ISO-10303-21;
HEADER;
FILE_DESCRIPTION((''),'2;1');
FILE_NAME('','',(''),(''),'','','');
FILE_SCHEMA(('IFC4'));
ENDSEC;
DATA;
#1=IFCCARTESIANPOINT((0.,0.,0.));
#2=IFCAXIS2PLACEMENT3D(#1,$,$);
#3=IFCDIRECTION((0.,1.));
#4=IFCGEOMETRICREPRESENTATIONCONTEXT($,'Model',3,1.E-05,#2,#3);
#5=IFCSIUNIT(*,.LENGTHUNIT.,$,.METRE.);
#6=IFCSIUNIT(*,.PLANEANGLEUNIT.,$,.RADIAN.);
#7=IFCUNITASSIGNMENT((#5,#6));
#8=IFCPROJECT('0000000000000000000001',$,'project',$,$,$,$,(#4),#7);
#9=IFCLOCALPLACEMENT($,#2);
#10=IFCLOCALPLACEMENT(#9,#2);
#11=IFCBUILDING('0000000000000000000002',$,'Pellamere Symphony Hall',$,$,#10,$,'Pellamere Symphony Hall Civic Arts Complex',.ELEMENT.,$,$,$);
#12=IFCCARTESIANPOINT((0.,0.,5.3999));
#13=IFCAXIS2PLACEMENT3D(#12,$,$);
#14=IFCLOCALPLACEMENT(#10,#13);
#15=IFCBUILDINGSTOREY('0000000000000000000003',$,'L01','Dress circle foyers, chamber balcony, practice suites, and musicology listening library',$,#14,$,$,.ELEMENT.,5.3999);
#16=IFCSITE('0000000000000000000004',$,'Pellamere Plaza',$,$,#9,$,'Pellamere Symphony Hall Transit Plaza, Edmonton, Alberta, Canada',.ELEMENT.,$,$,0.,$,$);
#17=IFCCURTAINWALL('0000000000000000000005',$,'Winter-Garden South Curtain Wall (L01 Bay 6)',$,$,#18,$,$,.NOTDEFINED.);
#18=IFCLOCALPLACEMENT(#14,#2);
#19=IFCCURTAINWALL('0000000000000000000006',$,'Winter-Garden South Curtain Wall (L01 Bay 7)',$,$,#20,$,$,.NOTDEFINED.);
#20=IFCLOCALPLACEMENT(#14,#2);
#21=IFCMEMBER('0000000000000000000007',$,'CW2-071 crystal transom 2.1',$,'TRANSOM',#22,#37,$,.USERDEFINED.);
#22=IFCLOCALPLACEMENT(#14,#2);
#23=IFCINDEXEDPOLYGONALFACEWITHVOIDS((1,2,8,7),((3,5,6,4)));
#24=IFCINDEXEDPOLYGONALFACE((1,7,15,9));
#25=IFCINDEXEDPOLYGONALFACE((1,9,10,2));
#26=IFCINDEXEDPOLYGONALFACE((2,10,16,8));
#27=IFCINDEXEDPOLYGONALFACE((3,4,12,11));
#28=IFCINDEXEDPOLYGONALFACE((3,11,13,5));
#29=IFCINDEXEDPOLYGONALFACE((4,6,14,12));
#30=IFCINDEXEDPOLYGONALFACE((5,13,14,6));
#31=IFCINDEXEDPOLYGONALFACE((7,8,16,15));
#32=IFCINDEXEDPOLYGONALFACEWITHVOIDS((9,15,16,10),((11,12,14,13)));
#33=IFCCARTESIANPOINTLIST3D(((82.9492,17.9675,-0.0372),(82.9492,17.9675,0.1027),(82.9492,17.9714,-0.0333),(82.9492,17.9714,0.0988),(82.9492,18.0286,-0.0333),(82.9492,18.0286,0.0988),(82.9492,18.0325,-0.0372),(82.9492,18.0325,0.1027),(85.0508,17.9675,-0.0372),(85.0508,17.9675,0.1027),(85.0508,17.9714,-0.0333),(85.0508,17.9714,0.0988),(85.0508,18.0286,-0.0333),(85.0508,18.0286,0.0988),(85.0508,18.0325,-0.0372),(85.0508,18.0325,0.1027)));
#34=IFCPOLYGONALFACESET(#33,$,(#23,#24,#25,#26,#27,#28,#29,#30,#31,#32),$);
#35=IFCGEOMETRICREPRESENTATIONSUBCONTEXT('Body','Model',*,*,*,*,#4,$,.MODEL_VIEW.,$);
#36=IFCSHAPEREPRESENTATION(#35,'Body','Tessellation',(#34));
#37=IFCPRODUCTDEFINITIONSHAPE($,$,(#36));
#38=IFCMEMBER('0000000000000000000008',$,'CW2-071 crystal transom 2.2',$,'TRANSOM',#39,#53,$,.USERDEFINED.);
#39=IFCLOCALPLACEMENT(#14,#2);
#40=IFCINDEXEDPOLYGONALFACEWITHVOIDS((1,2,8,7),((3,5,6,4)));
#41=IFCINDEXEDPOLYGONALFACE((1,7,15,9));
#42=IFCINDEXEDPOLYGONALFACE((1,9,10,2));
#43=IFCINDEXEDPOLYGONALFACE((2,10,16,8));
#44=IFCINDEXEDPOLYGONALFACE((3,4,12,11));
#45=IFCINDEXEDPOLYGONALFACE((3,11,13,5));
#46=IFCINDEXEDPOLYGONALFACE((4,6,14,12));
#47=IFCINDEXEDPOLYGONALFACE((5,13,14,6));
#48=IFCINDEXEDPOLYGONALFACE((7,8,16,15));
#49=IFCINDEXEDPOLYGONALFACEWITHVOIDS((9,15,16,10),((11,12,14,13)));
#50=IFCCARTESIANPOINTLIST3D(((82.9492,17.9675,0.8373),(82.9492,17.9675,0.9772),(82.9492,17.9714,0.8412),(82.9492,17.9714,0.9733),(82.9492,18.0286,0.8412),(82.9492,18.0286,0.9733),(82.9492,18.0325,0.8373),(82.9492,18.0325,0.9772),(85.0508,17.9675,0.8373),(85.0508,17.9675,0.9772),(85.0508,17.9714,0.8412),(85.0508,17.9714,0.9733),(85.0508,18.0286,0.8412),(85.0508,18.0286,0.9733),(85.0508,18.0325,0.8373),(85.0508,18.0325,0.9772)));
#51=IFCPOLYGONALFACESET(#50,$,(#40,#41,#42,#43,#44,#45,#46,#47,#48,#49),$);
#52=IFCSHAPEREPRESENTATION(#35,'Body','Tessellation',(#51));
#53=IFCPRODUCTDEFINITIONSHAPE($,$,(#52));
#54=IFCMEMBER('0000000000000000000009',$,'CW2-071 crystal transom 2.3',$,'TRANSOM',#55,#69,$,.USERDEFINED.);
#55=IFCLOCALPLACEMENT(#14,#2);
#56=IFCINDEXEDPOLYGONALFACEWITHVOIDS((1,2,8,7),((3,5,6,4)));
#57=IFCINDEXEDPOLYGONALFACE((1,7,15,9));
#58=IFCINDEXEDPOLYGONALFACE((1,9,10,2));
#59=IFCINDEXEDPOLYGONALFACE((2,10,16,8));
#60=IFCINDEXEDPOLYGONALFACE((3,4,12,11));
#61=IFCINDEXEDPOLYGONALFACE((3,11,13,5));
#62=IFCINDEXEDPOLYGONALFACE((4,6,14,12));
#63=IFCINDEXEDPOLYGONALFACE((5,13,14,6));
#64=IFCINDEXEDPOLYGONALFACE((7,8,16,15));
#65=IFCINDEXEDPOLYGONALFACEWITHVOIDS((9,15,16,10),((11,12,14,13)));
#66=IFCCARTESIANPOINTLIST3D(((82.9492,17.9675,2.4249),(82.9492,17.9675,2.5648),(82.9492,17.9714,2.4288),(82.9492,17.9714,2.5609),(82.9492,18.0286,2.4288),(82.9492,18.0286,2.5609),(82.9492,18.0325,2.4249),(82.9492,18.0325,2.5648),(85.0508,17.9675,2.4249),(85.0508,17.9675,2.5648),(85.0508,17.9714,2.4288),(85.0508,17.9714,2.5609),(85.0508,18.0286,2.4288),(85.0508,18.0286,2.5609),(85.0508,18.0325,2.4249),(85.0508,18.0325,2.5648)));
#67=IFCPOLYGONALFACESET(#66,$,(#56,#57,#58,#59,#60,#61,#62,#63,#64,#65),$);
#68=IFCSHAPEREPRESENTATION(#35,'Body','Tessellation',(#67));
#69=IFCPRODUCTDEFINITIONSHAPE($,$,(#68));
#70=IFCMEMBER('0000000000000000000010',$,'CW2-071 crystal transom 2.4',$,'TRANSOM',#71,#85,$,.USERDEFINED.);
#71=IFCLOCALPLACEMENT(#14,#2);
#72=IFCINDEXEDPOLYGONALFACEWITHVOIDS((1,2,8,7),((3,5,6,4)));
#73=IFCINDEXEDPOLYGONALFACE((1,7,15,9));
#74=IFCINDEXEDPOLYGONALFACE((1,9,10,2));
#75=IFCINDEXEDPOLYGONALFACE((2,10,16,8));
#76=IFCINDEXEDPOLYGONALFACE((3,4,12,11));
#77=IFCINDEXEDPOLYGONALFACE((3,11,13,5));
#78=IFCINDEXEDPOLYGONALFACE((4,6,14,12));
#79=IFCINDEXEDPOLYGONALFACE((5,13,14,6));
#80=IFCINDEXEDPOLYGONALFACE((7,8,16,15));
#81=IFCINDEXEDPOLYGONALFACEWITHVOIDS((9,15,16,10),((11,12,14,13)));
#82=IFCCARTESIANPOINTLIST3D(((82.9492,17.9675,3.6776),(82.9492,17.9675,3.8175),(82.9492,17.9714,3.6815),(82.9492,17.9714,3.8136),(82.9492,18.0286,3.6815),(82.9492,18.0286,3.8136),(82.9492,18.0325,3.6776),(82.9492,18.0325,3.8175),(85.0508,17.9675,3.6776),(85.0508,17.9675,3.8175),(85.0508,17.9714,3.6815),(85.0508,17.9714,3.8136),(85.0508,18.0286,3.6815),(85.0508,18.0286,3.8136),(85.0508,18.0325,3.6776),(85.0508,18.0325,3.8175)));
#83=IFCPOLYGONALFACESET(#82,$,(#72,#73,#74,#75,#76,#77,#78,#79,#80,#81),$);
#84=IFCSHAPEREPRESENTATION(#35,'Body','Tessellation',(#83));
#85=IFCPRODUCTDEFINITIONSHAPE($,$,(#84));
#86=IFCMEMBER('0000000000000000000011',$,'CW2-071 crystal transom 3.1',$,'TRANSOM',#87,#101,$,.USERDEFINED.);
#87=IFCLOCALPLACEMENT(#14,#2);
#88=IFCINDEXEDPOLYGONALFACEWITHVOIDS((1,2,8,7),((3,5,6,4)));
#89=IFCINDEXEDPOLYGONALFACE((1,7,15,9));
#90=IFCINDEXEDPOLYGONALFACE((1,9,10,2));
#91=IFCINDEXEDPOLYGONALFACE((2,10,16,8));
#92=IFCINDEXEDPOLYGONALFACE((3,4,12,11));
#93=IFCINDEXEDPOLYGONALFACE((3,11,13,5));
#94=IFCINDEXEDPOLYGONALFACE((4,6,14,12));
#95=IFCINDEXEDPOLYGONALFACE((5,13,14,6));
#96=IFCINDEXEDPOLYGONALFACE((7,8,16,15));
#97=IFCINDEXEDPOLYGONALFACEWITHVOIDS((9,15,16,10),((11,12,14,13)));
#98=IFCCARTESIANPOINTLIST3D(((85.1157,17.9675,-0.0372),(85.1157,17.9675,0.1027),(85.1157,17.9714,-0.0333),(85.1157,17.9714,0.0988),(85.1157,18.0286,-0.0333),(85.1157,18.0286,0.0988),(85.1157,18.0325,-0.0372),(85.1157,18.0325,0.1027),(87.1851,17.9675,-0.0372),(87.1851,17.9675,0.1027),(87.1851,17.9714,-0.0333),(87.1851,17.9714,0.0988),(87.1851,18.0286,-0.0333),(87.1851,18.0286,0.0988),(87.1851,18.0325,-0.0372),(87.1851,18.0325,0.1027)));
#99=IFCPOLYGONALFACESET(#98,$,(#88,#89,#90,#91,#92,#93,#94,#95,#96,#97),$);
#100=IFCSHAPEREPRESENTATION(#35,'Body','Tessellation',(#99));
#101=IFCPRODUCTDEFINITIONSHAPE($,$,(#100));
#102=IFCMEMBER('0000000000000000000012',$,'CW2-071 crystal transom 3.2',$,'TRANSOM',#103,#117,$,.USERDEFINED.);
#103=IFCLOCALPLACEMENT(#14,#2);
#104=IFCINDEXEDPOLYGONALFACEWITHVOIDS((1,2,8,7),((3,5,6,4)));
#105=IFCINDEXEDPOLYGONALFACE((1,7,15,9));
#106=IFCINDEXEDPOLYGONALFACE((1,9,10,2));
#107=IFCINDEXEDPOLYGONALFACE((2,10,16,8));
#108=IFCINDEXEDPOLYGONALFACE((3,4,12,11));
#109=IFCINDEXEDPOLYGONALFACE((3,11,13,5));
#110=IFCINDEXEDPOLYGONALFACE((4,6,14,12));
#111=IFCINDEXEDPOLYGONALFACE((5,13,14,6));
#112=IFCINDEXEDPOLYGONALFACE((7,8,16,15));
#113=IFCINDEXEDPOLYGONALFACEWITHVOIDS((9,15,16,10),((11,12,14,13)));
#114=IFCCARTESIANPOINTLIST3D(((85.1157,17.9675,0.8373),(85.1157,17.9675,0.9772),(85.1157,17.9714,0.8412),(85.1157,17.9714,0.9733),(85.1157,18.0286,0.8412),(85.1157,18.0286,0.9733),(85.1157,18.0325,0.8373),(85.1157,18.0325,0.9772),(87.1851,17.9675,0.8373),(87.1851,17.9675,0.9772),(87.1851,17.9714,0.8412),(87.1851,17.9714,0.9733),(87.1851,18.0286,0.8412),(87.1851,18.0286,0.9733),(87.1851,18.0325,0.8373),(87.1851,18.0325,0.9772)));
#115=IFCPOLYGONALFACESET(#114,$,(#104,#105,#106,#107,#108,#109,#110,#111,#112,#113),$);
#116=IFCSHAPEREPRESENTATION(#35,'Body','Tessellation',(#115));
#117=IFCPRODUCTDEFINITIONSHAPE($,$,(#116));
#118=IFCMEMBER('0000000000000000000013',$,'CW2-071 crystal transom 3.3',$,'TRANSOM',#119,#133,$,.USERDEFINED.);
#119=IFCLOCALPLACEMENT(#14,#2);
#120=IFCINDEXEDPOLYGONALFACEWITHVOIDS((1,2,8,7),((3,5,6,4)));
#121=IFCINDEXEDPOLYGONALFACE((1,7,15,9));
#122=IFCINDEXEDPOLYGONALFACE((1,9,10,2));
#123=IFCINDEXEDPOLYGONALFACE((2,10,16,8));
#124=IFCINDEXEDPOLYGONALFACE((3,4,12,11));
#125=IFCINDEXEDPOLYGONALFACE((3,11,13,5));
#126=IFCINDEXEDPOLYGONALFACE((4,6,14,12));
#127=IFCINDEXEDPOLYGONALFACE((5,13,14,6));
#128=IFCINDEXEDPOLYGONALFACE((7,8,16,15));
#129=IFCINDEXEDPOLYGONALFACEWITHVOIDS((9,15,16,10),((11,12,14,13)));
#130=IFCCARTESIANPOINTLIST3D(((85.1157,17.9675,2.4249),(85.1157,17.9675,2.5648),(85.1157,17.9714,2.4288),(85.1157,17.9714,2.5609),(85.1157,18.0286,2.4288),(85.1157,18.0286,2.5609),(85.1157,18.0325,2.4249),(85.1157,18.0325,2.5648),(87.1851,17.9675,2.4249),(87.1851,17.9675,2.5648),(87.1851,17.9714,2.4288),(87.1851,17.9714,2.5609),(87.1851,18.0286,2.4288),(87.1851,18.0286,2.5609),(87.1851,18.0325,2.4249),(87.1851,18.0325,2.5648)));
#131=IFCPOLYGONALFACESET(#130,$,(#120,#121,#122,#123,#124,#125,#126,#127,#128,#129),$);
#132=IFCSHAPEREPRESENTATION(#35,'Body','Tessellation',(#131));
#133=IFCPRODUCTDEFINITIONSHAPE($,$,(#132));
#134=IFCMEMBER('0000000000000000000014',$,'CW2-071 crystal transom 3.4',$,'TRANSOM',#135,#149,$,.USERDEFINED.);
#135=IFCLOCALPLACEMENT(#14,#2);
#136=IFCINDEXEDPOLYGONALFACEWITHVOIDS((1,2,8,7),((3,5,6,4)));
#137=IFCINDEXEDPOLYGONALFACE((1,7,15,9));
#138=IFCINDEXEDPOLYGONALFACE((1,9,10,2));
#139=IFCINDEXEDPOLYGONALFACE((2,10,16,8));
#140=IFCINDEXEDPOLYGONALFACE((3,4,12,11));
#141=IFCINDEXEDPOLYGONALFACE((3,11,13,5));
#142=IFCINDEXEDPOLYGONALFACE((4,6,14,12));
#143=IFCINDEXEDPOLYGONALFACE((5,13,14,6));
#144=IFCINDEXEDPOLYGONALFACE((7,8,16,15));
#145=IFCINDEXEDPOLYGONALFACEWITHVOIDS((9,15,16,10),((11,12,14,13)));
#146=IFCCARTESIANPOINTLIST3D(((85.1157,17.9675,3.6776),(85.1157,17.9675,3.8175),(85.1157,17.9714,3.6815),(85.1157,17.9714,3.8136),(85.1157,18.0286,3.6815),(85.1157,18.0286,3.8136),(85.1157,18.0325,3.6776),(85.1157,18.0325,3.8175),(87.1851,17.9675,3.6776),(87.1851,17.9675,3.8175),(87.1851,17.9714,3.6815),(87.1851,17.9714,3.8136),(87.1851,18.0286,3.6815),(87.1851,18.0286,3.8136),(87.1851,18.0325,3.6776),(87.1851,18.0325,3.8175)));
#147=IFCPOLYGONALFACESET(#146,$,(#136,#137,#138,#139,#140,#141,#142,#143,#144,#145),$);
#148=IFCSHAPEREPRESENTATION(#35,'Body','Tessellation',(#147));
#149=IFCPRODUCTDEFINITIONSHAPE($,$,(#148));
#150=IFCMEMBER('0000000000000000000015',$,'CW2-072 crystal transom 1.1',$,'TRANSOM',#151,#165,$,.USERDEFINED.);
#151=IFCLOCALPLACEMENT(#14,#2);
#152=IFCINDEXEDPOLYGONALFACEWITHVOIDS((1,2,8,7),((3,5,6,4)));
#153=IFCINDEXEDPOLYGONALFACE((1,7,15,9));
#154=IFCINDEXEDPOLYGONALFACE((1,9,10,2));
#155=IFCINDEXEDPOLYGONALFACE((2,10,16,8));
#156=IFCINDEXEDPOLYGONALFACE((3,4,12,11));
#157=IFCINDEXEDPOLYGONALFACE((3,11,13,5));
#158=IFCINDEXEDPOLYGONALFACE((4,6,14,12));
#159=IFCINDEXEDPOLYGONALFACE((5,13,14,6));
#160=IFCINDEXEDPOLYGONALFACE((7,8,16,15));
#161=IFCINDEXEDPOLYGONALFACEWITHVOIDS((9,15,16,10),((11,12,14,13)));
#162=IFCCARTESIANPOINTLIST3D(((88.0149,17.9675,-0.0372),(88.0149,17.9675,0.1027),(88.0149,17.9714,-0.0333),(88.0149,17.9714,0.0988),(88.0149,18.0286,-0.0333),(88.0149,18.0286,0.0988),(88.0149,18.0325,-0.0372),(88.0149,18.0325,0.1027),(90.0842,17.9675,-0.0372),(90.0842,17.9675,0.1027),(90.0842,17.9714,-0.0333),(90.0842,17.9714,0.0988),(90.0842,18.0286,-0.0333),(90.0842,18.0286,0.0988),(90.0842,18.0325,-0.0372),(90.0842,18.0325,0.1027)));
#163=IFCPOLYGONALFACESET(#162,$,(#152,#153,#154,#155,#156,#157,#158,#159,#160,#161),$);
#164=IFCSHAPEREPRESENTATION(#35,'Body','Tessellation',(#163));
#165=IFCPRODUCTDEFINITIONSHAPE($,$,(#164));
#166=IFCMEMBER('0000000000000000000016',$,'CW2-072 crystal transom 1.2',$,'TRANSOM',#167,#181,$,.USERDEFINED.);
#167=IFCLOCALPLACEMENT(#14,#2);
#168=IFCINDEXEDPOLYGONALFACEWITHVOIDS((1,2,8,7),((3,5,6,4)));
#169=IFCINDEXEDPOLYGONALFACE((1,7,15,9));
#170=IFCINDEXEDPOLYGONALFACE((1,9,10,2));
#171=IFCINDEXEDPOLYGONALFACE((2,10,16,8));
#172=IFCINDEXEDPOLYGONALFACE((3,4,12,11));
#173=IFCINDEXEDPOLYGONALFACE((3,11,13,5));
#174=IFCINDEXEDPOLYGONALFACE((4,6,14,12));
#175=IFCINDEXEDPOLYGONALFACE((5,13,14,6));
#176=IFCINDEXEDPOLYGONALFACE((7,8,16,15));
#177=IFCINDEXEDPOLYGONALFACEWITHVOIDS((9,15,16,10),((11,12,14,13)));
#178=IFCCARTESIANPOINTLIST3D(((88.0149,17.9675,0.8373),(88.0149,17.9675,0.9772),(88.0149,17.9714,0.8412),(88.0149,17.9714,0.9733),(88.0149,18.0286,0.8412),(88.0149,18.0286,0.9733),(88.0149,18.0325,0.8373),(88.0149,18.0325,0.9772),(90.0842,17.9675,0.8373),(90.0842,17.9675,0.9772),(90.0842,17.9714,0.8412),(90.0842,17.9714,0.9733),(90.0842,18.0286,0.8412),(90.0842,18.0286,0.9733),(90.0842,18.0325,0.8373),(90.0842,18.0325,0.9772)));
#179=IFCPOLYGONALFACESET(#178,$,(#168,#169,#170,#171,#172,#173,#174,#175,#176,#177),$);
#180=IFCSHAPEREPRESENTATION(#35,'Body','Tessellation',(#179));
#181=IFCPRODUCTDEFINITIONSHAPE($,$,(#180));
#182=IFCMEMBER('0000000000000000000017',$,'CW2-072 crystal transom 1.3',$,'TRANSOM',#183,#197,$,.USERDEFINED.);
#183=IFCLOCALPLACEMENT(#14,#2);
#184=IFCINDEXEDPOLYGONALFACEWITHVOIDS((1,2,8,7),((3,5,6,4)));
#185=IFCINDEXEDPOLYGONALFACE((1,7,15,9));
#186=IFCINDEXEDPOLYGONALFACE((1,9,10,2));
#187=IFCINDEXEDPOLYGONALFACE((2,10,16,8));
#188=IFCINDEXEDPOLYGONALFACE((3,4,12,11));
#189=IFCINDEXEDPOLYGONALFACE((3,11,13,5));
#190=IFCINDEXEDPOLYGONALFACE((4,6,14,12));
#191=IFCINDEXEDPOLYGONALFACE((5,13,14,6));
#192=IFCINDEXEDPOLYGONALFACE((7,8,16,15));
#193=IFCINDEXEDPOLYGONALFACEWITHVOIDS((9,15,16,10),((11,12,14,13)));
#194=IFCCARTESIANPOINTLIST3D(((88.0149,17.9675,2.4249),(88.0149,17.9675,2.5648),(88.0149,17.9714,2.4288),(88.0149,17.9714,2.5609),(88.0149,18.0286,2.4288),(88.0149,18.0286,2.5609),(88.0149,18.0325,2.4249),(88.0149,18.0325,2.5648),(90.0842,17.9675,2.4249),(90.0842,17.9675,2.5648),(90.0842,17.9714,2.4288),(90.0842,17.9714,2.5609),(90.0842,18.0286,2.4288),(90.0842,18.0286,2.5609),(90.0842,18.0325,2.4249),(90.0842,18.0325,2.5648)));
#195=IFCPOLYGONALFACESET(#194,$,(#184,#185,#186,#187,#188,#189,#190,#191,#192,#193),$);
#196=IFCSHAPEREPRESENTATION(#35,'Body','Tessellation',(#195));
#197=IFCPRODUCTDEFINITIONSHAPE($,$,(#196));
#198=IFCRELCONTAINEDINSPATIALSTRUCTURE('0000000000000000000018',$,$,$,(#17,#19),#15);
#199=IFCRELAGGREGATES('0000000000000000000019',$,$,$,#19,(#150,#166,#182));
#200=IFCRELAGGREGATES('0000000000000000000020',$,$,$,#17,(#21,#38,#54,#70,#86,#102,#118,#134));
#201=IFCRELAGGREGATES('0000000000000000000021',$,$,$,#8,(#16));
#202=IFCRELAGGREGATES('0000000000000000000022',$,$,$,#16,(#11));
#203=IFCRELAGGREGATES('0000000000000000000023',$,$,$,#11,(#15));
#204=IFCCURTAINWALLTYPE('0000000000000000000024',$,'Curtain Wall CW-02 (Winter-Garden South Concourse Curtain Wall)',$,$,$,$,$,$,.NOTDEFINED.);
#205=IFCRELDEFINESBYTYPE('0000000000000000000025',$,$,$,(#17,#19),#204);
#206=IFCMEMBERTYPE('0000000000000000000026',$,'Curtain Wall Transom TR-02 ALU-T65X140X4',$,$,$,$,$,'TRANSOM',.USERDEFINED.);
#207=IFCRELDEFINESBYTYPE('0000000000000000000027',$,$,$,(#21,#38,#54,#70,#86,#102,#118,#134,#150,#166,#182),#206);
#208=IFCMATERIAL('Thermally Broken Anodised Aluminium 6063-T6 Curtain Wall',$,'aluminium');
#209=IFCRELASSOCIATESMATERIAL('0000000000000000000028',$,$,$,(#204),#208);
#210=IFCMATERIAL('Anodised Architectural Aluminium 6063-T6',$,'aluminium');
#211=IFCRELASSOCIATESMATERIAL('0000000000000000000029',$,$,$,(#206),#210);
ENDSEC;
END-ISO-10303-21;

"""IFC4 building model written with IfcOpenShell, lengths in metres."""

from ifc_helpers import new_model, si_unit, direction, frame, origin, origin_2d, place, context, subcontext, project, spatial, hollow_rectangle, extrude, material, material_profile, profile_set, type_object, element, aggregate, save


model = new_model("IFC4")

# Units and contexts
model_context = context("Model", 3, precision=1e-05, world=origin(), true_north=direction((0.0, 1.0)))
body_context = subcontext(model_context, "Body", "Model", "MODEL_VIEW")
ifc_project = project(units=[si_unit("LENGTHUNIT", "METRE"), si_unit("PLANEANGLEUNIT", "RADIAN")], contexts=[model_context])

# Site, building, storey
site_placement = place(None, origin())
site = spatial("IfcSite", under=ifc_project, at=site_placement, Name="Pellamere Plaza", LongName="Pellamere Symphony Hall Transit Plaza, Edmonton, Alberta, Canada", CompositionType="ELEMENT", RefElevation=0.0)
building_placement = place(site_placement, origin())
building = spatial("IfcBuilding", under=site, at=building_placement, Name="Pellamere Symphony Hall", LongName="Pellamere Symphony Hall Civic Arts Complex", CompositionType="ELEMENT")
storey_placement = place(building_placement, frame((0.0, 0.0, 5.3999)))
storey = spatial("IfcBuildingStorey", under=building, at=storey_placement, Name="L01", Description="Dress circle foyers, chamber balcony, practice suites, and musicology listening library", CompositionType="ELEMENT", Elevation=5.3999)

# Curtain walls
ifc_material_1 = material(Name="Thermally Broken Anodised Aluminium 6063-T6 Curtain Wall", Category="aluminium")
curtain_wall_type = type_object("IfcCurtainWallType", Name="Curtain Wall CW-02 (Winter-Garden South Concourse Curtain Wall)", PredefinedType="NOTDEFINED", material=ifc_material_1)
curtain_wall_1_placement = place(storey_placement, origin())
curtain_wall_1 = element("IfcCurtainWall", 1, at=curtain_wall_1_placement, inside=storey, type_object=curtain_wall_type, Name="Winter-Garden South Curtain Wall (L01 Bay 6)", PredefinedType="NOTDEFINED")
ifc_material_2 = material(Name="Anodised Architectural Aluminium 6063-T6", Category="aluminium")
curtain_wall_2_placement = place(storey_placement, origin())
curtain_wall_2 = element("IfcCurtainWall", 2, at=curtain_wall_2_placement, inside=storey, type_object=curtain_wall_type, Name="Winter-Garden South Curtain Wall (L01 Bay 7)", PredefinedType="NOTDEFINED")

# Members
ifc_material_profile_1 = material_profile(ifc_material_2, hollow_rectangle(XDim=0.0649, YDim=0.1399, WallThickness=0.0039, at=origin_2d()), Name="ALU-T65X140X4")
ifc_profile_set_1 = profile_set([ifc_material_profile_1], Name="Anodised Architectural Aluminium 6063-T6")
member_type_1 = type_object("IfcMemberType", Name="Curtain Wall Transom TR-02 ALU-T65X140X4", ElementType="TRANSOM", PredefinedType="USERDEFINED", material=ifc_profile_set_1)
member_1_placement = place(storey_placement, frame((82.9492, 18.0, 0.0327), z_axis=(1.0, 0.0, 0.0), x_axis=(0.0, 1.0, 0.0)))
member_1 = element("IfcMember", 3, at=member_1_placement, type_object=member_type_1, Name="CW2-071 crystal transom 2.1", ObjectType="TRANSOM", PredefinedType="USERDEFINED", context=body_context, shape_type="SweptSolid", body=[
    extrude(hollow_rectangle(XDim=0.0649, YDim=0.1399, WallThickness=0.0039, at=origin_2d()), origin(), (0.0, 0.0, 1.0), 2.1016),
])
member_2_placement = place(storey_placement, frame((82.9492, 18.0, 0.9072), z_axis=(1.0, 0.0, 0.0), x_axis=(0.0, 1.0, 0.0)))
member_2 = element("IfcMember", 4, at=member_2_placement, type_object=member_type_1, Name="CW2-071 crystal transom 2.2", ObjectType="TRANSOM", PredefinedType="USERDEFINED", context=body_context, shape_type="SweptSolid", body=[
    extrude(hollow_rectangle(XDim=0.0649, YDim=0.1399, WallThickness=0.0039, at=origin_2d()), origin(), (0.0, 0.0, 1.0), 2.1016),
])
member_3_placement = place(storey_placement, frame((82.9492, 18.0, 2.4949), z_axis=(1.0, 0.0, 0.0), x_axis=(0.0, 1.0, 0.0)))
member_3 = element("IfcMember", 5, at=member_3_placement, type_object=member_type_1, Name="CW2-071 crystal transom 2.3", ObjectType="TRANSOM", PredefinedType="USERDEFINED", context=body_context, shape_type="SweptSolid", body=[
    extrude(hollow_rectangle(XDim=0.0649, YDim=0.1399, WallThickness=0.0039, at=origin_2d()), origin(), (0.0, 0.0, 1.0), 2.1016),
])
member_4_placement = place(storey_placement, frame((82.9492, 18.0, 3.7476), z_axis=(1.0, 0.0, 0.0), x_axis=(0.0, 1.0, 0.0)))
member_4 = element("IfcMember", 6, at=member_4_placement, type_object=member_type_1, Name="CW2-071 crystal transom 2.4", ObjectType="TRANSOM", PredefinedType="USERDEFINED", context=body_context, shape_type="SweptSolid", body=[
    extrude(hollow_rectangle(XDim=0.0649, YDim=0.1399, WallThickness=0.0039, at=origin_2d()), origin(), (0.0, 0.0, 1.0), 2.1016),
])
member_5_placement = place(storey_placement, frame((85.1157, 18.0, 0.0327), z_axis=(1.0, 0.0, 0.0), x_axis=(0.0, 1.0, 0.0)))
member_5 = element("IfcMember", 7, at=member_5_placement, type_object=member_type_1, Name="CW2-071 crystal transom 3.1", ObjectType="TRANSOM", PredefinedType="USERDEFINED", context=body_context, shape_type="SweptSolid", body=[
    extrude(hollow_rectangle(XDim=0.0649, YDim=0.1399, WallThickness=0.0039, at=origin_2d()), origin(), (0.0, 0.0, 1.0), 2.0693),
])
member_6_placement = place(storey_placement, frame((85.1157, 18.0, 0.9072), z_axis=(1.0, 0.0, 0.0), x_axis=(0.0, 1.0, 0.0)))
member_6 = element("IfcMember", 8, at=member_6_placement, type_object=member_type_1, Name="CW2-071 crystal transom 3.2", ObjectType="TRANSOM", PredefinedType="USERDEFINED", context=body_context, shape_type="SweptSolid", body=[
    extrude(hollow_rectangle(XDim=0.0649, YDim=0.1399, WallThickness=0.0039, at=origin_2d()), origin(), (0.0, 0.0, 1.0), 2.0693),
])
member_7_placement = place(storey_placement, frame((85.1157, 18.0, 2.4949), z_axis=(1.0, 0.0, 0.0), x_axis=(0.0, 1.0, 0.0)))
member_7 = element("IfcMember", 9, at=member_7_placement, type_object=member_type_1, Name="CW2-071 crystal transom 3.3", ObjectType="TRANSOM", PredefinedType="USERDEFINED", context=body_context, shape_type="SweptSolid", body=[
    extrude(hollow_rectangle(XDim=0.0649, YDim=0.1399, WallThickness=0.0039, at=origin_2d()), origin(), (0.0, 0.0, 1.0), 2.0693),
])
member_8_placement = place(storey_placement, frame((85.1157, 18.0, 3.7476), z_axis=(1.0, 0.0, 0.0), x_axis=(0.0, 1.0, 0.0)))
member_8 = element("IfcMember", 10, at=member_8_placement, type_object=member_type_1, Name="CW2-071 crystal transom 3.4", ObjectType="TRANSOM", PredefinedType="USERDEFINED", context=body_context, shape_type="SweptSolid", body=[
    extrude(hollow_rectangle(XDim=0.0649, YDim=0.1399, WallThickness=0.0039, at=origin_2d()), origin(), (0.0, 0.0, 1.0), 2.0693),
])
member_9_placement = place(storey_placement, frame((88.0149, 18.0, 0.0327), z_axis=(1.0, 0.0, 0.0), x_axis=(0.0, 1.0, 0.0)))
member_9 = element("IfcMember", 11, at=member_9_placement, type_object=member_type_1, Name="CW2-072 crystal transom 1.1", ObjectType="TRANSOM", PredefinedType="USERDEFINED", context=body_context, shape_type="SweptSolid", body=[
    extrude(hollow_rectangle(XDim=0.0649, YDim=0.1399, WallThickness=0.0039, at=origin_2d()), origin(), (0.0, 0.0, 1.0), 2.0693),
])
member_10_placement = place(storey_placement, frame((88.0149, 18.0, 0.9072), z_axis=(1.0, 0.0, 0.0), x_axis=(0.0, 1.0, 0.0)))
member_10 = element("IfcMember", 12, at=member_10_placement, type_object=member_type_1, Name="CW2-072 crystal transom 1.2", ObjectType="TRANSOM", PredefinedType="USERDEFINED", context=body_context, shape_type="SweptSolid", body=[
    extrude(hollow_rectangle(XDim=0.0649, YDim=0.1399, WallThickness=0.0039, at=origin_2d()), origin(), (0.0, 0.0, 1.0), 2.0693),
])
member_11_placement = place(storey_placement, frame((88.0149, 18.0, 2.4949), z_axis=(1.0, 0.0, 0.0), x_axis=(0.0, 1.0, 0.0)))
member_11 = element("IfcMember", 13, at=member_11_placement, type_object=member_type_1, Name="CW2-072 crystal transom 1.3", ObjectType="TRANSOM", PredefinedType="USERDEFINED", context=body_context, shape_type="SweptSolid", body=[
    extrude(hollow_rectangle(XDim=0.0649, YDim=0.1399, WallThickness=0.0039, at=origin_2d()), origin(), (0.0, 0.0, 1.0), 2.0693),
])

aggregate(curtain_wall_2, [member_9, member_10, member_11])
aggregate(curtain_wall_1, [member_1, member_2, member_3, member_4, member_5, member_6, member_7, member_8])

save(model, "model.ifc")
